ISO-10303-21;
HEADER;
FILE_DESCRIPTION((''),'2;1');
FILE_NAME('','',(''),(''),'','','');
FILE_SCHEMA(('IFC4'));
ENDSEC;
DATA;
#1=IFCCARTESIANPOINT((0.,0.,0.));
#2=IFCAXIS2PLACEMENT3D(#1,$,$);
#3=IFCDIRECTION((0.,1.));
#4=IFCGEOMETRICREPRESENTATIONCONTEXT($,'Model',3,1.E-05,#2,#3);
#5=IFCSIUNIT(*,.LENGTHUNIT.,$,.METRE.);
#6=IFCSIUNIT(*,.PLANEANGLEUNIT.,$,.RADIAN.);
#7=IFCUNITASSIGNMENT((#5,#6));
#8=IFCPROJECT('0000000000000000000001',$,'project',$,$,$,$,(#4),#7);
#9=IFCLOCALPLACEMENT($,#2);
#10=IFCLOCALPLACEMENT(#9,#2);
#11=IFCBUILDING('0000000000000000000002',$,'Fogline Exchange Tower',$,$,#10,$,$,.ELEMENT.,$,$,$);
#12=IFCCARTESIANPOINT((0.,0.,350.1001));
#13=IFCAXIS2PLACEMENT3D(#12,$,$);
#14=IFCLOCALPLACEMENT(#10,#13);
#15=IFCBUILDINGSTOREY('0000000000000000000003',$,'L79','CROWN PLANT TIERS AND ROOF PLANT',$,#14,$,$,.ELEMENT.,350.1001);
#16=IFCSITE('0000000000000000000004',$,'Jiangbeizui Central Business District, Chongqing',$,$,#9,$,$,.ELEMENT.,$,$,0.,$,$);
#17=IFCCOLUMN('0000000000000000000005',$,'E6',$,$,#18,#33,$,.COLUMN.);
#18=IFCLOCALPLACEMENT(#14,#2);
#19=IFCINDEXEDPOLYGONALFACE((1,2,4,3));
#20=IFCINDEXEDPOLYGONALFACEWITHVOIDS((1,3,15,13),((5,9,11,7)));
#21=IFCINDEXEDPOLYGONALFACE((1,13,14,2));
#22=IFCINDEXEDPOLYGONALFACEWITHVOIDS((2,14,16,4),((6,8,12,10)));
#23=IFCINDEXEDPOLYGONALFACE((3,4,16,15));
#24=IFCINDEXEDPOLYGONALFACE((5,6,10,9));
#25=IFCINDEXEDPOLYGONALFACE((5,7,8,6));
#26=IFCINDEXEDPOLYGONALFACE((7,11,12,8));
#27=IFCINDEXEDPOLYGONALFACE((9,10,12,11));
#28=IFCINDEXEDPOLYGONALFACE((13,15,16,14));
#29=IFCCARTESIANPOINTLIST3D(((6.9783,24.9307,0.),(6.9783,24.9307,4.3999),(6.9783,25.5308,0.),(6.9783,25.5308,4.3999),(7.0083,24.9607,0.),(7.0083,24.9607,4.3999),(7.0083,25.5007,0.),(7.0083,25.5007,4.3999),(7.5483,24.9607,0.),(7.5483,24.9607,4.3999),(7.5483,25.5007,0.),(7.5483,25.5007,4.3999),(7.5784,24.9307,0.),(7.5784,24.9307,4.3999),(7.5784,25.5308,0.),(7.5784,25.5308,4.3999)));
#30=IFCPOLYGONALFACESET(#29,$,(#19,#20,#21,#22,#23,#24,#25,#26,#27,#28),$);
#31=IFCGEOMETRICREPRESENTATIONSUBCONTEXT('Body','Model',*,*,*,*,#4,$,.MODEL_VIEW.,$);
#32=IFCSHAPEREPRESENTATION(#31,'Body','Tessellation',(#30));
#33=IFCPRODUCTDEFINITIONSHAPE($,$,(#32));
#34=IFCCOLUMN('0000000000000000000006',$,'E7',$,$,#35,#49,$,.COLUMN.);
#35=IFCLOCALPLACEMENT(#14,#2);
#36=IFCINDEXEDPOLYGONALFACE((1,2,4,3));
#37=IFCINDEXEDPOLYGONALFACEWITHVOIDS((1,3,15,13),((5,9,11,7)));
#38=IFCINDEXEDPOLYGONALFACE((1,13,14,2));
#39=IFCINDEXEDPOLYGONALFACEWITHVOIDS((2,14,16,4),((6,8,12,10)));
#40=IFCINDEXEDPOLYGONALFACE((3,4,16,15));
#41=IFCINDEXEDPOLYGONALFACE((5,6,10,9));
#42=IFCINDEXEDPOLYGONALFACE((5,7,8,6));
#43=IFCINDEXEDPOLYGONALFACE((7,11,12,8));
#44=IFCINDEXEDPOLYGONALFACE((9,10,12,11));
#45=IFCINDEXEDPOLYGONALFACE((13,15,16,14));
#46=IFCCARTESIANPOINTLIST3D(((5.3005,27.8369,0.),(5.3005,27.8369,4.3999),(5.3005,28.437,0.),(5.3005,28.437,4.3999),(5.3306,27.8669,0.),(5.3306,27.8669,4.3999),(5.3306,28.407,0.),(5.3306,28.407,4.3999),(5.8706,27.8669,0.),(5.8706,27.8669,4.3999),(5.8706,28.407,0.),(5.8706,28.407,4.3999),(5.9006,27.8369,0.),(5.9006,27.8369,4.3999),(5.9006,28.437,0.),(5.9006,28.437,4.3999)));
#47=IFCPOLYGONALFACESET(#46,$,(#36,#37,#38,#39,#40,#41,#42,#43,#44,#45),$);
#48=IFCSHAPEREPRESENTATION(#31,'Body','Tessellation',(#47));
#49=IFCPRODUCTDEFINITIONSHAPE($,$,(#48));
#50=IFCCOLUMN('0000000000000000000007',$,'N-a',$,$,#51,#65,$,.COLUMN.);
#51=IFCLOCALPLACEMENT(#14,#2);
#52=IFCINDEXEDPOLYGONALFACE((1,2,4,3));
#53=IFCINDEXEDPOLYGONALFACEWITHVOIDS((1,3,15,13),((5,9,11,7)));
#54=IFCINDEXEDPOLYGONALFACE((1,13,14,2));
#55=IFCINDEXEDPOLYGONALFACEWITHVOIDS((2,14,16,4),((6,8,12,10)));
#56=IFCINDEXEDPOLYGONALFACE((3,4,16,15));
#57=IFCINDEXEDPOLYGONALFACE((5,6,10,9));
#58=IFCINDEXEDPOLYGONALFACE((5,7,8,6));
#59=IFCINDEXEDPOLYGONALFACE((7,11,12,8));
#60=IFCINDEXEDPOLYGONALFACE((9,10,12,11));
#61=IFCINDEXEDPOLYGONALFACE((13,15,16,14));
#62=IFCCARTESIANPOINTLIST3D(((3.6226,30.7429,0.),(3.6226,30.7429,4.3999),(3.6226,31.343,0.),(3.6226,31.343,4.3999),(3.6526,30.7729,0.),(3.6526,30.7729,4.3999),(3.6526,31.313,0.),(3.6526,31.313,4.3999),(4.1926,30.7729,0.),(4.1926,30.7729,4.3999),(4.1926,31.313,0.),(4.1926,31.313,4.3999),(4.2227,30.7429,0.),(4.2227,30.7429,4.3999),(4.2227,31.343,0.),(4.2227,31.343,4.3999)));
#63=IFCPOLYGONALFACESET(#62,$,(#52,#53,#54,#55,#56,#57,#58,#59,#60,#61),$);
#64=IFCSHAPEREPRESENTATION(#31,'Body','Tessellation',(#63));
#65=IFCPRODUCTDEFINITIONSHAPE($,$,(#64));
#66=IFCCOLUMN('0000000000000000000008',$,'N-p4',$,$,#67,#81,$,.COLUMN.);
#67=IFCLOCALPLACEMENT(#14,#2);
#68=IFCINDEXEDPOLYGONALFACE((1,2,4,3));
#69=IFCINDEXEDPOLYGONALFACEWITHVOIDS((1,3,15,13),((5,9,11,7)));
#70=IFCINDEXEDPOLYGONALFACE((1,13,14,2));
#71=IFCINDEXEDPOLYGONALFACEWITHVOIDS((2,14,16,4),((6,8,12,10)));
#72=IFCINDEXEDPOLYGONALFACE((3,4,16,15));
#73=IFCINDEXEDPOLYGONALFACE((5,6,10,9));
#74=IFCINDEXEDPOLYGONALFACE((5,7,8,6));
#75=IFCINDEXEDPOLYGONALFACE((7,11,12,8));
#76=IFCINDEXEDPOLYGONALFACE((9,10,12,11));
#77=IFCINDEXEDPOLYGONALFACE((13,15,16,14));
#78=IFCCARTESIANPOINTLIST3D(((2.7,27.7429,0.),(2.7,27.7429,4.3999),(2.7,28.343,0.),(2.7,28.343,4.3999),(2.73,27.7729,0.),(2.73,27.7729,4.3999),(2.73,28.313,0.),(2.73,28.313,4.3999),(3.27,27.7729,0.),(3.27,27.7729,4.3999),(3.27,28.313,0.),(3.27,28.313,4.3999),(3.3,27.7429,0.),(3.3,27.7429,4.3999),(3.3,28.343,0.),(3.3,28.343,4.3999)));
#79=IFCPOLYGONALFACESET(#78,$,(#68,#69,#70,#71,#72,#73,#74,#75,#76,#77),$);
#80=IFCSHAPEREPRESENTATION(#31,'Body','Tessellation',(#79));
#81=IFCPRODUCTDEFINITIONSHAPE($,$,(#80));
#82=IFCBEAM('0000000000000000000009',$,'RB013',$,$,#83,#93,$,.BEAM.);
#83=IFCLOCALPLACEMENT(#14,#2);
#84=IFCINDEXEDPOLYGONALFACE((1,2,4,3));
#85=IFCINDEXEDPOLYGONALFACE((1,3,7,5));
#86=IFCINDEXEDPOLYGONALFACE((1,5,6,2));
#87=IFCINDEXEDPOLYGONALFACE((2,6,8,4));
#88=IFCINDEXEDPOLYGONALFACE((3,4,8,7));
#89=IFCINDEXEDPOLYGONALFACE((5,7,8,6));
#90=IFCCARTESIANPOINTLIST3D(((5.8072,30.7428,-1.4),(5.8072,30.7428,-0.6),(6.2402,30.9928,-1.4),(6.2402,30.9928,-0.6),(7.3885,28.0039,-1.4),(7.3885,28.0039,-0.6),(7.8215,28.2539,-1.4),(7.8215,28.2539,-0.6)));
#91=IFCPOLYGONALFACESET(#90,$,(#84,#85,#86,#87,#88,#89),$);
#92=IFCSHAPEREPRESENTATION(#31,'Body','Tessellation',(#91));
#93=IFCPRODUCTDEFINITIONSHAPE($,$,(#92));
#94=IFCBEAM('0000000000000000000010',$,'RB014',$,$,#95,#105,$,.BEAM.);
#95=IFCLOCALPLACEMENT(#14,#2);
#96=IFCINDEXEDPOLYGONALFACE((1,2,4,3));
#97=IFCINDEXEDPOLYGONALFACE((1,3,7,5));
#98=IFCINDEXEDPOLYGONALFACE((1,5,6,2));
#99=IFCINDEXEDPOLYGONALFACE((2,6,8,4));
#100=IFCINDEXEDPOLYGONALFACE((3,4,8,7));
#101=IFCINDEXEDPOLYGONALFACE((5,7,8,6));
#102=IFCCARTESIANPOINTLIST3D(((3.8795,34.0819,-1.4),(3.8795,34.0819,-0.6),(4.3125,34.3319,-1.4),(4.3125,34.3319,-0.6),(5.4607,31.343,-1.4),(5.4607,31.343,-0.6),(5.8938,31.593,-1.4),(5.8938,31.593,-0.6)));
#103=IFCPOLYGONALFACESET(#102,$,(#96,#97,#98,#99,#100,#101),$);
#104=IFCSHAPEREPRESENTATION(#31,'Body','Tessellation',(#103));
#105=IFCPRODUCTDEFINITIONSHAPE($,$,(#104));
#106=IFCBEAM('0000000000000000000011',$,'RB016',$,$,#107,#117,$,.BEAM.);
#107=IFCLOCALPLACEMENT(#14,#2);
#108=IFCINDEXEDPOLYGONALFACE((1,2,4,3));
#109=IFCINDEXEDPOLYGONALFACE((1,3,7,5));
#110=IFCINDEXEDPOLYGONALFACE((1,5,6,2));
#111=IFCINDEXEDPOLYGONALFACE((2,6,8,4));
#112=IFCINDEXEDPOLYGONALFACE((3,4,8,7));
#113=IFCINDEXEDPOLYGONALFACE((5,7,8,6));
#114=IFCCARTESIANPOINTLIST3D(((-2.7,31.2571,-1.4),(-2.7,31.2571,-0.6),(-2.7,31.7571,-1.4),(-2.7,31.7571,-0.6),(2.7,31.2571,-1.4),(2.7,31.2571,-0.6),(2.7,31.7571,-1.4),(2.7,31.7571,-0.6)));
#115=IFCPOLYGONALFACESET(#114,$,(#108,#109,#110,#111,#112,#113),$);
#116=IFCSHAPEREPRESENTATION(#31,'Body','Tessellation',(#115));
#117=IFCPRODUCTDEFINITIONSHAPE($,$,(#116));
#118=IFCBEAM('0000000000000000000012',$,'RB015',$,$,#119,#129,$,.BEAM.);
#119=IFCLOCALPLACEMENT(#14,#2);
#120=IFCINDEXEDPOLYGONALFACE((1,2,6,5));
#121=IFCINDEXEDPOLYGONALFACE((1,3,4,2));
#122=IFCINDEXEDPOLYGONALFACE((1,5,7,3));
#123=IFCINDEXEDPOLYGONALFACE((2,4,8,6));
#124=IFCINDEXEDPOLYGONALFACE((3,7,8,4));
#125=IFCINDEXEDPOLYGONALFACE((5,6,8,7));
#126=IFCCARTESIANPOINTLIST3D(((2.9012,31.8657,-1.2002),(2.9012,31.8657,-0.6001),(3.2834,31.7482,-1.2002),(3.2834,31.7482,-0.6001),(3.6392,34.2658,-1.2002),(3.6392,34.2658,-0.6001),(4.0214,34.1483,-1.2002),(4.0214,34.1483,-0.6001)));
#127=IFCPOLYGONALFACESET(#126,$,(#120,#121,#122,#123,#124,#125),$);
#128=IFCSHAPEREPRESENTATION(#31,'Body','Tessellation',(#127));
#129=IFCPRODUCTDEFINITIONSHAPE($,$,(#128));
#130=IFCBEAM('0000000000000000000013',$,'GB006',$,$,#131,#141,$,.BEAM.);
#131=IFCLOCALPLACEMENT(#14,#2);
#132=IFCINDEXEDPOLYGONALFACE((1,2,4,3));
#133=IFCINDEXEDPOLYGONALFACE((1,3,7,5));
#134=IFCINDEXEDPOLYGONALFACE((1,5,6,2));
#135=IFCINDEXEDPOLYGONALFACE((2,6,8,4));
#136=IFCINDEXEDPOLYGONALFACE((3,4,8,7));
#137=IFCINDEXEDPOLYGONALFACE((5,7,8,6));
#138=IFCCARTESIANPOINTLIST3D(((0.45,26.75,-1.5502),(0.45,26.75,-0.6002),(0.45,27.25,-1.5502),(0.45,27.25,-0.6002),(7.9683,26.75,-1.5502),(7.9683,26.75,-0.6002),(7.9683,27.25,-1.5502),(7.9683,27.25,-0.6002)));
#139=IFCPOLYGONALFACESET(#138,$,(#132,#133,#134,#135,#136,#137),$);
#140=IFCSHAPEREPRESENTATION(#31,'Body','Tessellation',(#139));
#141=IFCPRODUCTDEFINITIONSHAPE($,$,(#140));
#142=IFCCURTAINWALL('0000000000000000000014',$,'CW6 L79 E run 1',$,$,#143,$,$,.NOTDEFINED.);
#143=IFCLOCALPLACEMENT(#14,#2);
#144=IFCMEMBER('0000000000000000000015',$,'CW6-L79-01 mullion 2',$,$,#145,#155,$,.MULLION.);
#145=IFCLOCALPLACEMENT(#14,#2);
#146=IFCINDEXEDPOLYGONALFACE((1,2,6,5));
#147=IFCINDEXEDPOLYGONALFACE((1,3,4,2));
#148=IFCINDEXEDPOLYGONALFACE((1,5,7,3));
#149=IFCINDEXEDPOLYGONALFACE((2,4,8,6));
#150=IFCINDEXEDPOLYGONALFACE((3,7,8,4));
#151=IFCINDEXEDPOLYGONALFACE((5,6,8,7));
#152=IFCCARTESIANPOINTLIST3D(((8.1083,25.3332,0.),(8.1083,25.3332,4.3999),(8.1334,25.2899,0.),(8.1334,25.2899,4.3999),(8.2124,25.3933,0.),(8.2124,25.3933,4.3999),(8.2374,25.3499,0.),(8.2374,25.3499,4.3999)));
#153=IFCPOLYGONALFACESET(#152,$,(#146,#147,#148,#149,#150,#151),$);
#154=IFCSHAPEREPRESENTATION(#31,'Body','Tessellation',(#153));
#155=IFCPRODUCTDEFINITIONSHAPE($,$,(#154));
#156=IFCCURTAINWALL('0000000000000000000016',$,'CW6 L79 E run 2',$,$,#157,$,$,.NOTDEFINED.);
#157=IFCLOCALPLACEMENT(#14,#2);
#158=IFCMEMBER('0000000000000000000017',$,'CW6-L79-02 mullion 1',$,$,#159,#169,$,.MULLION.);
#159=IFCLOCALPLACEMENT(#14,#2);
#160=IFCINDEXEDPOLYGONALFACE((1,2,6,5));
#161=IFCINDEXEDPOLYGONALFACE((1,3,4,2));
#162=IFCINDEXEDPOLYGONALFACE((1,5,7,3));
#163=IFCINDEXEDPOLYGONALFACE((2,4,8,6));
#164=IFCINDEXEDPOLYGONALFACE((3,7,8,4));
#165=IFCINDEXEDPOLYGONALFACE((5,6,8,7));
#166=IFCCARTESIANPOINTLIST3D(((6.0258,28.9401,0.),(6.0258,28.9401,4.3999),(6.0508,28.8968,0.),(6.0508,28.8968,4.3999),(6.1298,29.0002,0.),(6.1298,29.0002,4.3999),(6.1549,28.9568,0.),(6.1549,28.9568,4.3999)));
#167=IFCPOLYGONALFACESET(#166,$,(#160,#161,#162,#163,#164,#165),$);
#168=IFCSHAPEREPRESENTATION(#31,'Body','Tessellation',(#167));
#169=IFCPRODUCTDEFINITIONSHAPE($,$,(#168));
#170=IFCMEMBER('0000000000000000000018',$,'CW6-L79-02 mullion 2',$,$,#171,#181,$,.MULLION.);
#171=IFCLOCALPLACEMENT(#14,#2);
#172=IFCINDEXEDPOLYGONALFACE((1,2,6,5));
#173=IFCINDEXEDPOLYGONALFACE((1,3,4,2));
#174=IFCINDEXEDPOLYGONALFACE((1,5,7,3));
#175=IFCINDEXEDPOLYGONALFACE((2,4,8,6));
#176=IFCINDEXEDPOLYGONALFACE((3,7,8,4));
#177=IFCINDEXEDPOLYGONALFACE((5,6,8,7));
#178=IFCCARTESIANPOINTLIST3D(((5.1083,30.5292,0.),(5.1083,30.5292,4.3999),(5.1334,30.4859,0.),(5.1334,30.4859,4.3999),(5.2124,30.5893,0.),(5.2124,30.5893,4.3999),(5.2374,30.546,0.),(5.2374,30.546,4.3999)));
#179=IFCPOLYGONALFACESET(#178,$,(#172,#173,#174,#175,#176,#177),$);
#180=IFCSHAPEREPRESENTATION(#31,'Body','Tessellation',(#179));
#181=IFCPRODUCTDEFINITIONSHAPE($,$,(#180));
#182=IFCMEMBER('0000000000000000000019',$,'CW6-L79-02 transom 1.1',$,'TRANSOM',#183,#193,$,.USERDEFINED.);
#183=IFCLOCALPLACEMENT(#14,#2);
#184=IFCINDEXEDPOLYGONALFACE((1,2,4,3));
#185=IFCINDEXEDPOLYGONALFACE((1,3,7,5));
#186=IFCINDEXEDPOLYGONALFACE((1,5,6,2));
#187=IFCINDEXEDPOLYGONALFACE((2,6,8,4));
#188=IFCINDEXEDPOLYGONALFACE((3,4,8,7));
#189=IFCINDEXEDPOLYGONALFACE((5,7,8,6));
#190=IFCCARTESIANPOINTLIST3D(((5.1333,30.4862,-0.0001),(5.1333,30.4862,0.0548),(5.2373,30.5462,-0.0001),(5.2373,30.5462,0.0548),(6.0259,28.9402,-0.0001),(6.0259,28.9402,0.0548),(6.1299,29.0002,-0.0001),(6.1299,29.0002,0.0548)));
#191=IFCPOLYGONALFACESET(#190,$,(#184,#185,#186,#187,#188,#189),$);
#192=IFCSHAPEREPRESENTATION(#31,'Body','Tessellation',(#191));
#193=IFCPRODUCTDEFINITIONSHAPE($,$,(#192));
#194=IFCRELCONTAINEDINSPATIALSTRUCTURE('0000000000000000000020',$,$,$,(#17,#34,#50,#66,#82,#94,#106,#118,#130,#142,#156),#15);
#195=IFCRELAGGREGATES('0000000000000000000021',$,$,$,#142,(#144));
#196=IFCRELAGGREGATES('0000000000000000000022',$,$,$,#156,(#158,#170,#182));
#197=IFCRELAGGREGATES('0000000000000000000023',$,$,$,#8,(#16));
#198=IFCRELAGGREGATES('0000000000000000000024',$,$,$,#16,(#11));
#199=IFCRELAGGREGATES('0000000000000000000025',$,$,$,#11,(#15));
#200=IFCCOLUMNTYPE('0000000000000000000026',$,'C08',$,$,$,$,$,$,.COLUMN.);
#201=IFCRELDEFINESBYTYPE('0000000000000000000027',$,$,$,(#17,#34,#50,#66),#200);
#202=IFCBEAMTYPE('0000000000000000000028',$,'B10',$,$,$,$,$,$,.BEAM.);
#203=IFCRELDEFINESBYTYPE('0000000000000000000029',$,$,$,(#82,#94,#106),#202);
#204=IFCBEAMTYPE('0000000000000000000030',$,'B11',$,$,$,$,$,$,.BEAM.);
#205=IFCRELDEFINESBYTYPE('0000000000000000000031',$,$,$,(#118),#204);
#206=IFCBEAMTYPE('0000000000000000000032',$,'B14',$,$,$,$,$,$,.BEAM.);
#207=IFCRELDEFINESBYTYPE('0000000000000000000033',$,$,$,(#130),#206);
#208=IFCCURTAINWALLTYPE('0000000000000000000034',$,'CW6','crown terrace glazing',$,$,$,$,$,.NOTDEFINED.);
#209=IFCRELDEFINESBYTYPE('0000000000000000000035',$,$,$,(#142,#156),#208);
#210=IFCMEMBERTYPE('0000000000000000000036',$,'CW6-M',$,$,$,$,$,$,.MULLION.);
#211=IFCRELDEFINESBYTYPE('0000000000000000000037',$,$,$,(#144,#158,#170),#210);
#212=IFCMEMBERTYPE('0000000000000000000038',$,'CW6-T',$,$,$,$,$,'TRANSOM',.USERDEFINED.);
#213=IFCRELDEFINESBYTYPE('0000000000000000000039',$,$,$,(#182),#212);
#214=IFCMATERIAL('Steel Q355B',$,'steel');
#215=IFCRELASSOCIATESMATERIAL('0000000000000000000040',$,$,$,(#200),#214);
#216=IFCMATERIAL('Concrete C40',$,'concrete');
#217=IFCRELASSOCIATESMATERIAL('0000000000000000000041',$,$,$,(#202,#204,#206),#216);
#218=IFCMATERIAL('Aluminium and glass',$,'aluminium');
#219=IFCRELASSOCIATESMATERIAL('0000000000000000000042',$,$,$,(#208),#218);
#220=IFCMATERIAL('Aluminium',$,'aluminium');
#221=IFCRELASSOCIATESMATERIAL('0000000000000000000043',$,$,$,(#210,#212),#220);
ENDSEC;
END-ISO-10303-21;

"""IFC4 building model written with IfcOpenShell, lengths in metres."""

from ifc_helpers import new_model, si_unit, direction, frame, origin, origin_2d, place, context, subcontext, project, spatial, rectangle, hollow_rectangle, extrude, material, material_profile, profile_set, type_object, element, aggregate, save


model = new_model("IFC4")

# Units and contexts
model_context = context("Model", 3, precision=1e-05, world=origin(), true_north=direction((0.0, 1.0)))
body_context = subcontext(model_context, "Body", "Model", "MODEL_VIEW")
ifc_project = project(units=[si_unit("LENGTHUNIT", "METRE"), si_unit("PLANEANGLEUNIT", "RADIAN")], contexts=[model_context])

# Site, building, storey
site_placement = place(None, origin())
site = spatial("IfcSite", under=ifc_project, at=site_placement, Name="Jiangbeizui Central Business District, Chongqing", CompositionType="ELEMENT", RefElevation=0.0)
building_placement = place(site_placement, origin())
building = spatial("IfcBuilding", under=site, at=building_placement, Name="Fogline Exchange Tower", CompositionType="ELEMENT")
storey_placement = place(building_placement, frame((0.0, 0.0, 350.1001)))
storey = spatial("IfcBuildingStorey", under=building, at=storey_placement, Name="L79", Description="CROWN PLANT TIERS AND ROOF PLANT", CompositionType="ELEMENT", Elevation=350.1001)

# Columns
ifc_material_1 = material(Name="Steel Q355B", Category="steel")
ifc_material_profile_1 = material_profile(ifc_material_1, hollow_rectangle(XDim=0.6001, YDim=0.6001, WallThickness=0.03, at=origin_2d()), Name="BOX600X600X30")
ifc_profile_set_1 = profile_set([ifc_material_profile_1], Name="Steel Q355B")
column_type = type_object("IfcColumnType", Name="C08", PredefinedType="COLUMN", material=ifc_profile_set_1)
for number, where, z_axis, x_axis, name in (
    (1, (7.2783, 25.2307, 0.0), (0.0, 0.0, 1.0), (1.0, 0.0, 0.0), "E6"),
    (2, (5.6006, 28.137, 0.0), (0.0, 0.0, 1.0), (1.0, 0.0, 0.0), "E7"),
    (3, (3.9226, 31.043, 0.0), (0.0, 0.0, 1.0), (1.0, 0.0, 0.0), "N-a"),
    (4, (3.0, 28.043, 0.0), (0.0, 0.0, 1.0), (1.0, 0.0, 0.0), "N-p4"),
):
    element("IfcColumn", number, at=place(storey_placement, frame(where, z_axis=z_axis, x_axis=x_axis)), inside=storey, type_object=column_type, Name=name, PredefinedType="COLUMN", context=body_context, shape_type="SweptSolid", body=[
        extrude(hollow_rectangle(XDim=0.6001, YDim=0.6001, WallThickness=0.03, at=origin_2d()), origin(), (0.0, 0.0, 1.0), 4.3999),
    ])

# Beams
ifc_material_2 = material(Name="Concrete C40", Category="concrete")
ifc_material_profile_2 = material_profile(ifc_material_2, rectangle(XDim=0.5, YDim=0.8, at=origin_2d()), Name="RC 500x800")
ifc_profile_set_2 = profile_set([ifc_material_profile_2], Name="Concrete C40")
beam_type_1 = type_object("IfcBeamType", Name="B10", PredefinedType="BEAM", material=ifc_profile_set_2)
for number, where, z_axis, x_axis, name in (
    (5, (7.605, 28.1289, -1.0), (-0.499983, 0.866035, 0.0), (-0.866035, -0.499983, 0.0), "RB013"),
    (6, (5.6772, 31.468, -1.0), (-0.499983, 0.866035, 0.0), (-0.866035, -0.499983, 0.0), "RB014"),
):
    element("IfcBeam", number, at=place(storey_placement, frame(where, z_axis=z_axis, x_axis=x_axis)), inside=storey, type_object=beam_type_1, Name=name, PredefinedType="BEAM", context=body_context, shape_type="SweptSolid", body=[
        extrude(rectangle(XDim=0.5, YDim=0.8, at=origin_2d()), origin(), (0.0, 0.0, 1.0), 3.1626),
    ])
beam_1_placement = place(storey_placement, frame((2.7, 31.5071, -1.0), z_axis=(-1.0, 0.0, 0.0), x_axis=(0.0, -1.0, 0.0)))
element("IfcBeam", 7, at=beam_1_placement, inside=storey, type_object=beam_type_1, Name="RB016", PredefinedType="BEAM", context=body_context, shape_type="SweptSolid", body=[
    extrude(rectangle(XDim=0.5, YDim=0.8, at=origin_2d()), origin(), (0.0, 0.0, 1.0), 5.3999),
])
ifc_material_profile_3 = material_profile(ifc_material_2, rectangle(XDim=0.3999, YDim=0.6001, at=origin_2d()), Name="RC 400x600")
ifc_profile_set_3 = profile_set([ifc_material_profile_3], Name="Concrete C40")
beam_type_2 = type_object("IfcBeamType", Name="B11", PredefinedType="BEAM", material=ifc_profile_set_3)
beam_2_placement = place(storey_placement, frame((3.8303, 34.207, -0.9001), z_axis=(-0.293915, -0.955832, 0.0), x_axis=(0.955832, -0.293915, 0.0)))
element("IfcBeam", 8, at=beam_2_placement, inside=storey, type_object=beam_type_2, Name="RB015", PredefinedType="BEAM", context=body_context, shape_type="SweptSolid", body=[
    extrude(rectangle(XDim=0.3999, YDim=0.6001, at=origin_2d()), origin(), (0.0, 0.0, 1.0), 2.511),
])
ifc_material_profile_4 = material_profile(ifc_material_2, rectangle(XDim=0.5, YDim=0.95, at=origin_2d()), Name="RC 500x950")
ifc_profile_set_4 = profile_set([ifc_material_profile_4], Name="Concrete C40")
beam_type_3 = type_object("IfcBeamType", Name="B14", PredefinedType="BEAM", material=ifc_profile_set_4)
beam_3_placement = place(storey_placement, frame((0.45, 27.0, -1.0752), z_axis=(1.0, 0.0, 0.0), x_axis=(0.0, 1.0, 0.0)))
element("IfcBeam", 9, at=beam_3_placement, inside=storey, type_object=beam_type_3, Name="GB006", PredefinedType="BEAM", context=body_context, shape_type="SweptSolid", body=[
    extrude(rectangle(XDim=0.5, YDim=0.95, at=origin_2d()), origin(), (0.0, 0.0, 1.0), 7.5183),
])

# Curtain wall, member
ifc_material_3 = material(Name="Aluminium and glass", Category="aluminium")
curtain_wall_type = type_object("IfcCurtainWallType", Name="CW6", Description="crown terrace glazing", PredefinedType="NOTDEFINED", material=ifc_material_3)
curtain_wall_1_placement = place(storey_placement, origin())
curtain_wall_1 = element("IfcCurtainWall", 10, at=curtain_wall_1_placement, inside=storey, type_object=curtain_wall_type, Name="CW6 L79 E run 1", PredefinedType="NOTDEFINED")
ifc_material_4 = material(Name="Aluminium", Category="aluminium")
ifc_material_profile_5 = material_profile(ifc_material_4, rectangle(XDim=0.1201, YDim=0.05, at=origin_2d()), Name="Mullion 50x120")
ifc_profile_set_5 = profile_set([ifc_material_profile_5], Name="Aluminium")
member_type_1 = type_object("IfcMemberType", Name="CW6-M", PredefinedType="MULLION", material=ifc_profile_set_5)
member_1_placement = place(storey_placement, frame((8.1729, 25.3416, 0.0), z_axis=(0.0, 0.0, 1.0), x_axis=(-0.866026, -0.5, 0.0)))
member_1 = element("IfcMember", 11, at=member_1_placement, type_object=member_type_1, Name="CW6-L79-01 mullion 2", PredefinedType="MULLION", context=body_context, shape_type="SweptSolid", body=[
    extrude(rectangle(XDim=0.1201, YDim=0.05, at=origin_2d()), origin(), (0.0, 0.0, 1.0), 4.3999),
])
aggregate(curtain_wall_1, [member_1])

# Curtain wall, members
curtain_wall_2_placement = place(storey_placement, origin())
curtain_wall_2 = element("IfcCurtainWall", 12, at=curtain_wall_2_placement, inside=storey, type_object=curtain_wall_type, Name="CW6 L79 E run 2", PredefinedType="NOTDEFINED")
member_2_placement = place(storey_placement, frame((6.0903, 28.9485, 0.0), z_axis=(0.0, 0.0, 1.0), x_axis=(-0.866026, -0.5, 0.0)))
member_2 = element("IfcMember", 13, at=member_2_placement, type_object=member_type_1, Name="CW6-L79-02 mullion 1", PredefinedType="MULLION", context=body_context, shape_type="SweptSolid", body=[
    extrude(rectangle(XDim=0.1201, YDim=0.05, at=origin_2d()), origin(), (0.0, 0.0, 1.0), 4.3999),
])
member_3_placement = place(storey_placement, frame((5.1729, 30.5376, 0.0), z_axis=(0.0, 0.0, 1.0), x_axis=(-0.866026, -0.5, 0.0)))
member_3 = element("IfcMember", 14, at=member_3_placement, type_object=member_type_1, Name="CW6-L79-02 mullion 2", PredefinedType="MULLION", context=body_context, shape_type="SweptSolid", body=[
    extrude(rectangle(XDim=0.1201, YDim=0.05, at=origin_2d()), origin(), (0.0, 0.0, 1.0), 4.3999),
])
ifc_material_profile_6 = material_profile(ifc_material_4, rectangle(XDim=0.1201, YDim=0.0549, at=origin_2d()), Name="Transom 55x120")
ifc_profile_set_6 = profile_set([ifc_material_profile_6], Name="Aluminium")
member_type_2 = type_object("IfcMemberType", Name="CW6-T", ElementType="TRANSOM", PredefinedType="USERDEFINED", material=ifc_profile_set_6)
member_4_placement = place(storey_placement, frame((6.0779, 28.9702, 0.0273), z_axis=(-0.500022, 0.866012, 0.0), x_axis=(-0.866012, -0.500022, 0.0)))
member_4 = element("IfcMember", 15, at=member_4_placement, type_object=member_type_2, Name="CW6-L79-02 transom 1.1", ObjectType="TRANSOM", PredefinedType="USERDEFINED", context=body_context, shape_type="SweptSolid", body=[
    extrude(rectangle(XDim=0.1201, YDim=0.0549, at=origin_2d()), origin(), (0.0, 0.0, 1.0), 1.7852),
])
aggregate(curtain_wall_2, [member_2, member_3, member_4])

save(model, "model.ifc")
